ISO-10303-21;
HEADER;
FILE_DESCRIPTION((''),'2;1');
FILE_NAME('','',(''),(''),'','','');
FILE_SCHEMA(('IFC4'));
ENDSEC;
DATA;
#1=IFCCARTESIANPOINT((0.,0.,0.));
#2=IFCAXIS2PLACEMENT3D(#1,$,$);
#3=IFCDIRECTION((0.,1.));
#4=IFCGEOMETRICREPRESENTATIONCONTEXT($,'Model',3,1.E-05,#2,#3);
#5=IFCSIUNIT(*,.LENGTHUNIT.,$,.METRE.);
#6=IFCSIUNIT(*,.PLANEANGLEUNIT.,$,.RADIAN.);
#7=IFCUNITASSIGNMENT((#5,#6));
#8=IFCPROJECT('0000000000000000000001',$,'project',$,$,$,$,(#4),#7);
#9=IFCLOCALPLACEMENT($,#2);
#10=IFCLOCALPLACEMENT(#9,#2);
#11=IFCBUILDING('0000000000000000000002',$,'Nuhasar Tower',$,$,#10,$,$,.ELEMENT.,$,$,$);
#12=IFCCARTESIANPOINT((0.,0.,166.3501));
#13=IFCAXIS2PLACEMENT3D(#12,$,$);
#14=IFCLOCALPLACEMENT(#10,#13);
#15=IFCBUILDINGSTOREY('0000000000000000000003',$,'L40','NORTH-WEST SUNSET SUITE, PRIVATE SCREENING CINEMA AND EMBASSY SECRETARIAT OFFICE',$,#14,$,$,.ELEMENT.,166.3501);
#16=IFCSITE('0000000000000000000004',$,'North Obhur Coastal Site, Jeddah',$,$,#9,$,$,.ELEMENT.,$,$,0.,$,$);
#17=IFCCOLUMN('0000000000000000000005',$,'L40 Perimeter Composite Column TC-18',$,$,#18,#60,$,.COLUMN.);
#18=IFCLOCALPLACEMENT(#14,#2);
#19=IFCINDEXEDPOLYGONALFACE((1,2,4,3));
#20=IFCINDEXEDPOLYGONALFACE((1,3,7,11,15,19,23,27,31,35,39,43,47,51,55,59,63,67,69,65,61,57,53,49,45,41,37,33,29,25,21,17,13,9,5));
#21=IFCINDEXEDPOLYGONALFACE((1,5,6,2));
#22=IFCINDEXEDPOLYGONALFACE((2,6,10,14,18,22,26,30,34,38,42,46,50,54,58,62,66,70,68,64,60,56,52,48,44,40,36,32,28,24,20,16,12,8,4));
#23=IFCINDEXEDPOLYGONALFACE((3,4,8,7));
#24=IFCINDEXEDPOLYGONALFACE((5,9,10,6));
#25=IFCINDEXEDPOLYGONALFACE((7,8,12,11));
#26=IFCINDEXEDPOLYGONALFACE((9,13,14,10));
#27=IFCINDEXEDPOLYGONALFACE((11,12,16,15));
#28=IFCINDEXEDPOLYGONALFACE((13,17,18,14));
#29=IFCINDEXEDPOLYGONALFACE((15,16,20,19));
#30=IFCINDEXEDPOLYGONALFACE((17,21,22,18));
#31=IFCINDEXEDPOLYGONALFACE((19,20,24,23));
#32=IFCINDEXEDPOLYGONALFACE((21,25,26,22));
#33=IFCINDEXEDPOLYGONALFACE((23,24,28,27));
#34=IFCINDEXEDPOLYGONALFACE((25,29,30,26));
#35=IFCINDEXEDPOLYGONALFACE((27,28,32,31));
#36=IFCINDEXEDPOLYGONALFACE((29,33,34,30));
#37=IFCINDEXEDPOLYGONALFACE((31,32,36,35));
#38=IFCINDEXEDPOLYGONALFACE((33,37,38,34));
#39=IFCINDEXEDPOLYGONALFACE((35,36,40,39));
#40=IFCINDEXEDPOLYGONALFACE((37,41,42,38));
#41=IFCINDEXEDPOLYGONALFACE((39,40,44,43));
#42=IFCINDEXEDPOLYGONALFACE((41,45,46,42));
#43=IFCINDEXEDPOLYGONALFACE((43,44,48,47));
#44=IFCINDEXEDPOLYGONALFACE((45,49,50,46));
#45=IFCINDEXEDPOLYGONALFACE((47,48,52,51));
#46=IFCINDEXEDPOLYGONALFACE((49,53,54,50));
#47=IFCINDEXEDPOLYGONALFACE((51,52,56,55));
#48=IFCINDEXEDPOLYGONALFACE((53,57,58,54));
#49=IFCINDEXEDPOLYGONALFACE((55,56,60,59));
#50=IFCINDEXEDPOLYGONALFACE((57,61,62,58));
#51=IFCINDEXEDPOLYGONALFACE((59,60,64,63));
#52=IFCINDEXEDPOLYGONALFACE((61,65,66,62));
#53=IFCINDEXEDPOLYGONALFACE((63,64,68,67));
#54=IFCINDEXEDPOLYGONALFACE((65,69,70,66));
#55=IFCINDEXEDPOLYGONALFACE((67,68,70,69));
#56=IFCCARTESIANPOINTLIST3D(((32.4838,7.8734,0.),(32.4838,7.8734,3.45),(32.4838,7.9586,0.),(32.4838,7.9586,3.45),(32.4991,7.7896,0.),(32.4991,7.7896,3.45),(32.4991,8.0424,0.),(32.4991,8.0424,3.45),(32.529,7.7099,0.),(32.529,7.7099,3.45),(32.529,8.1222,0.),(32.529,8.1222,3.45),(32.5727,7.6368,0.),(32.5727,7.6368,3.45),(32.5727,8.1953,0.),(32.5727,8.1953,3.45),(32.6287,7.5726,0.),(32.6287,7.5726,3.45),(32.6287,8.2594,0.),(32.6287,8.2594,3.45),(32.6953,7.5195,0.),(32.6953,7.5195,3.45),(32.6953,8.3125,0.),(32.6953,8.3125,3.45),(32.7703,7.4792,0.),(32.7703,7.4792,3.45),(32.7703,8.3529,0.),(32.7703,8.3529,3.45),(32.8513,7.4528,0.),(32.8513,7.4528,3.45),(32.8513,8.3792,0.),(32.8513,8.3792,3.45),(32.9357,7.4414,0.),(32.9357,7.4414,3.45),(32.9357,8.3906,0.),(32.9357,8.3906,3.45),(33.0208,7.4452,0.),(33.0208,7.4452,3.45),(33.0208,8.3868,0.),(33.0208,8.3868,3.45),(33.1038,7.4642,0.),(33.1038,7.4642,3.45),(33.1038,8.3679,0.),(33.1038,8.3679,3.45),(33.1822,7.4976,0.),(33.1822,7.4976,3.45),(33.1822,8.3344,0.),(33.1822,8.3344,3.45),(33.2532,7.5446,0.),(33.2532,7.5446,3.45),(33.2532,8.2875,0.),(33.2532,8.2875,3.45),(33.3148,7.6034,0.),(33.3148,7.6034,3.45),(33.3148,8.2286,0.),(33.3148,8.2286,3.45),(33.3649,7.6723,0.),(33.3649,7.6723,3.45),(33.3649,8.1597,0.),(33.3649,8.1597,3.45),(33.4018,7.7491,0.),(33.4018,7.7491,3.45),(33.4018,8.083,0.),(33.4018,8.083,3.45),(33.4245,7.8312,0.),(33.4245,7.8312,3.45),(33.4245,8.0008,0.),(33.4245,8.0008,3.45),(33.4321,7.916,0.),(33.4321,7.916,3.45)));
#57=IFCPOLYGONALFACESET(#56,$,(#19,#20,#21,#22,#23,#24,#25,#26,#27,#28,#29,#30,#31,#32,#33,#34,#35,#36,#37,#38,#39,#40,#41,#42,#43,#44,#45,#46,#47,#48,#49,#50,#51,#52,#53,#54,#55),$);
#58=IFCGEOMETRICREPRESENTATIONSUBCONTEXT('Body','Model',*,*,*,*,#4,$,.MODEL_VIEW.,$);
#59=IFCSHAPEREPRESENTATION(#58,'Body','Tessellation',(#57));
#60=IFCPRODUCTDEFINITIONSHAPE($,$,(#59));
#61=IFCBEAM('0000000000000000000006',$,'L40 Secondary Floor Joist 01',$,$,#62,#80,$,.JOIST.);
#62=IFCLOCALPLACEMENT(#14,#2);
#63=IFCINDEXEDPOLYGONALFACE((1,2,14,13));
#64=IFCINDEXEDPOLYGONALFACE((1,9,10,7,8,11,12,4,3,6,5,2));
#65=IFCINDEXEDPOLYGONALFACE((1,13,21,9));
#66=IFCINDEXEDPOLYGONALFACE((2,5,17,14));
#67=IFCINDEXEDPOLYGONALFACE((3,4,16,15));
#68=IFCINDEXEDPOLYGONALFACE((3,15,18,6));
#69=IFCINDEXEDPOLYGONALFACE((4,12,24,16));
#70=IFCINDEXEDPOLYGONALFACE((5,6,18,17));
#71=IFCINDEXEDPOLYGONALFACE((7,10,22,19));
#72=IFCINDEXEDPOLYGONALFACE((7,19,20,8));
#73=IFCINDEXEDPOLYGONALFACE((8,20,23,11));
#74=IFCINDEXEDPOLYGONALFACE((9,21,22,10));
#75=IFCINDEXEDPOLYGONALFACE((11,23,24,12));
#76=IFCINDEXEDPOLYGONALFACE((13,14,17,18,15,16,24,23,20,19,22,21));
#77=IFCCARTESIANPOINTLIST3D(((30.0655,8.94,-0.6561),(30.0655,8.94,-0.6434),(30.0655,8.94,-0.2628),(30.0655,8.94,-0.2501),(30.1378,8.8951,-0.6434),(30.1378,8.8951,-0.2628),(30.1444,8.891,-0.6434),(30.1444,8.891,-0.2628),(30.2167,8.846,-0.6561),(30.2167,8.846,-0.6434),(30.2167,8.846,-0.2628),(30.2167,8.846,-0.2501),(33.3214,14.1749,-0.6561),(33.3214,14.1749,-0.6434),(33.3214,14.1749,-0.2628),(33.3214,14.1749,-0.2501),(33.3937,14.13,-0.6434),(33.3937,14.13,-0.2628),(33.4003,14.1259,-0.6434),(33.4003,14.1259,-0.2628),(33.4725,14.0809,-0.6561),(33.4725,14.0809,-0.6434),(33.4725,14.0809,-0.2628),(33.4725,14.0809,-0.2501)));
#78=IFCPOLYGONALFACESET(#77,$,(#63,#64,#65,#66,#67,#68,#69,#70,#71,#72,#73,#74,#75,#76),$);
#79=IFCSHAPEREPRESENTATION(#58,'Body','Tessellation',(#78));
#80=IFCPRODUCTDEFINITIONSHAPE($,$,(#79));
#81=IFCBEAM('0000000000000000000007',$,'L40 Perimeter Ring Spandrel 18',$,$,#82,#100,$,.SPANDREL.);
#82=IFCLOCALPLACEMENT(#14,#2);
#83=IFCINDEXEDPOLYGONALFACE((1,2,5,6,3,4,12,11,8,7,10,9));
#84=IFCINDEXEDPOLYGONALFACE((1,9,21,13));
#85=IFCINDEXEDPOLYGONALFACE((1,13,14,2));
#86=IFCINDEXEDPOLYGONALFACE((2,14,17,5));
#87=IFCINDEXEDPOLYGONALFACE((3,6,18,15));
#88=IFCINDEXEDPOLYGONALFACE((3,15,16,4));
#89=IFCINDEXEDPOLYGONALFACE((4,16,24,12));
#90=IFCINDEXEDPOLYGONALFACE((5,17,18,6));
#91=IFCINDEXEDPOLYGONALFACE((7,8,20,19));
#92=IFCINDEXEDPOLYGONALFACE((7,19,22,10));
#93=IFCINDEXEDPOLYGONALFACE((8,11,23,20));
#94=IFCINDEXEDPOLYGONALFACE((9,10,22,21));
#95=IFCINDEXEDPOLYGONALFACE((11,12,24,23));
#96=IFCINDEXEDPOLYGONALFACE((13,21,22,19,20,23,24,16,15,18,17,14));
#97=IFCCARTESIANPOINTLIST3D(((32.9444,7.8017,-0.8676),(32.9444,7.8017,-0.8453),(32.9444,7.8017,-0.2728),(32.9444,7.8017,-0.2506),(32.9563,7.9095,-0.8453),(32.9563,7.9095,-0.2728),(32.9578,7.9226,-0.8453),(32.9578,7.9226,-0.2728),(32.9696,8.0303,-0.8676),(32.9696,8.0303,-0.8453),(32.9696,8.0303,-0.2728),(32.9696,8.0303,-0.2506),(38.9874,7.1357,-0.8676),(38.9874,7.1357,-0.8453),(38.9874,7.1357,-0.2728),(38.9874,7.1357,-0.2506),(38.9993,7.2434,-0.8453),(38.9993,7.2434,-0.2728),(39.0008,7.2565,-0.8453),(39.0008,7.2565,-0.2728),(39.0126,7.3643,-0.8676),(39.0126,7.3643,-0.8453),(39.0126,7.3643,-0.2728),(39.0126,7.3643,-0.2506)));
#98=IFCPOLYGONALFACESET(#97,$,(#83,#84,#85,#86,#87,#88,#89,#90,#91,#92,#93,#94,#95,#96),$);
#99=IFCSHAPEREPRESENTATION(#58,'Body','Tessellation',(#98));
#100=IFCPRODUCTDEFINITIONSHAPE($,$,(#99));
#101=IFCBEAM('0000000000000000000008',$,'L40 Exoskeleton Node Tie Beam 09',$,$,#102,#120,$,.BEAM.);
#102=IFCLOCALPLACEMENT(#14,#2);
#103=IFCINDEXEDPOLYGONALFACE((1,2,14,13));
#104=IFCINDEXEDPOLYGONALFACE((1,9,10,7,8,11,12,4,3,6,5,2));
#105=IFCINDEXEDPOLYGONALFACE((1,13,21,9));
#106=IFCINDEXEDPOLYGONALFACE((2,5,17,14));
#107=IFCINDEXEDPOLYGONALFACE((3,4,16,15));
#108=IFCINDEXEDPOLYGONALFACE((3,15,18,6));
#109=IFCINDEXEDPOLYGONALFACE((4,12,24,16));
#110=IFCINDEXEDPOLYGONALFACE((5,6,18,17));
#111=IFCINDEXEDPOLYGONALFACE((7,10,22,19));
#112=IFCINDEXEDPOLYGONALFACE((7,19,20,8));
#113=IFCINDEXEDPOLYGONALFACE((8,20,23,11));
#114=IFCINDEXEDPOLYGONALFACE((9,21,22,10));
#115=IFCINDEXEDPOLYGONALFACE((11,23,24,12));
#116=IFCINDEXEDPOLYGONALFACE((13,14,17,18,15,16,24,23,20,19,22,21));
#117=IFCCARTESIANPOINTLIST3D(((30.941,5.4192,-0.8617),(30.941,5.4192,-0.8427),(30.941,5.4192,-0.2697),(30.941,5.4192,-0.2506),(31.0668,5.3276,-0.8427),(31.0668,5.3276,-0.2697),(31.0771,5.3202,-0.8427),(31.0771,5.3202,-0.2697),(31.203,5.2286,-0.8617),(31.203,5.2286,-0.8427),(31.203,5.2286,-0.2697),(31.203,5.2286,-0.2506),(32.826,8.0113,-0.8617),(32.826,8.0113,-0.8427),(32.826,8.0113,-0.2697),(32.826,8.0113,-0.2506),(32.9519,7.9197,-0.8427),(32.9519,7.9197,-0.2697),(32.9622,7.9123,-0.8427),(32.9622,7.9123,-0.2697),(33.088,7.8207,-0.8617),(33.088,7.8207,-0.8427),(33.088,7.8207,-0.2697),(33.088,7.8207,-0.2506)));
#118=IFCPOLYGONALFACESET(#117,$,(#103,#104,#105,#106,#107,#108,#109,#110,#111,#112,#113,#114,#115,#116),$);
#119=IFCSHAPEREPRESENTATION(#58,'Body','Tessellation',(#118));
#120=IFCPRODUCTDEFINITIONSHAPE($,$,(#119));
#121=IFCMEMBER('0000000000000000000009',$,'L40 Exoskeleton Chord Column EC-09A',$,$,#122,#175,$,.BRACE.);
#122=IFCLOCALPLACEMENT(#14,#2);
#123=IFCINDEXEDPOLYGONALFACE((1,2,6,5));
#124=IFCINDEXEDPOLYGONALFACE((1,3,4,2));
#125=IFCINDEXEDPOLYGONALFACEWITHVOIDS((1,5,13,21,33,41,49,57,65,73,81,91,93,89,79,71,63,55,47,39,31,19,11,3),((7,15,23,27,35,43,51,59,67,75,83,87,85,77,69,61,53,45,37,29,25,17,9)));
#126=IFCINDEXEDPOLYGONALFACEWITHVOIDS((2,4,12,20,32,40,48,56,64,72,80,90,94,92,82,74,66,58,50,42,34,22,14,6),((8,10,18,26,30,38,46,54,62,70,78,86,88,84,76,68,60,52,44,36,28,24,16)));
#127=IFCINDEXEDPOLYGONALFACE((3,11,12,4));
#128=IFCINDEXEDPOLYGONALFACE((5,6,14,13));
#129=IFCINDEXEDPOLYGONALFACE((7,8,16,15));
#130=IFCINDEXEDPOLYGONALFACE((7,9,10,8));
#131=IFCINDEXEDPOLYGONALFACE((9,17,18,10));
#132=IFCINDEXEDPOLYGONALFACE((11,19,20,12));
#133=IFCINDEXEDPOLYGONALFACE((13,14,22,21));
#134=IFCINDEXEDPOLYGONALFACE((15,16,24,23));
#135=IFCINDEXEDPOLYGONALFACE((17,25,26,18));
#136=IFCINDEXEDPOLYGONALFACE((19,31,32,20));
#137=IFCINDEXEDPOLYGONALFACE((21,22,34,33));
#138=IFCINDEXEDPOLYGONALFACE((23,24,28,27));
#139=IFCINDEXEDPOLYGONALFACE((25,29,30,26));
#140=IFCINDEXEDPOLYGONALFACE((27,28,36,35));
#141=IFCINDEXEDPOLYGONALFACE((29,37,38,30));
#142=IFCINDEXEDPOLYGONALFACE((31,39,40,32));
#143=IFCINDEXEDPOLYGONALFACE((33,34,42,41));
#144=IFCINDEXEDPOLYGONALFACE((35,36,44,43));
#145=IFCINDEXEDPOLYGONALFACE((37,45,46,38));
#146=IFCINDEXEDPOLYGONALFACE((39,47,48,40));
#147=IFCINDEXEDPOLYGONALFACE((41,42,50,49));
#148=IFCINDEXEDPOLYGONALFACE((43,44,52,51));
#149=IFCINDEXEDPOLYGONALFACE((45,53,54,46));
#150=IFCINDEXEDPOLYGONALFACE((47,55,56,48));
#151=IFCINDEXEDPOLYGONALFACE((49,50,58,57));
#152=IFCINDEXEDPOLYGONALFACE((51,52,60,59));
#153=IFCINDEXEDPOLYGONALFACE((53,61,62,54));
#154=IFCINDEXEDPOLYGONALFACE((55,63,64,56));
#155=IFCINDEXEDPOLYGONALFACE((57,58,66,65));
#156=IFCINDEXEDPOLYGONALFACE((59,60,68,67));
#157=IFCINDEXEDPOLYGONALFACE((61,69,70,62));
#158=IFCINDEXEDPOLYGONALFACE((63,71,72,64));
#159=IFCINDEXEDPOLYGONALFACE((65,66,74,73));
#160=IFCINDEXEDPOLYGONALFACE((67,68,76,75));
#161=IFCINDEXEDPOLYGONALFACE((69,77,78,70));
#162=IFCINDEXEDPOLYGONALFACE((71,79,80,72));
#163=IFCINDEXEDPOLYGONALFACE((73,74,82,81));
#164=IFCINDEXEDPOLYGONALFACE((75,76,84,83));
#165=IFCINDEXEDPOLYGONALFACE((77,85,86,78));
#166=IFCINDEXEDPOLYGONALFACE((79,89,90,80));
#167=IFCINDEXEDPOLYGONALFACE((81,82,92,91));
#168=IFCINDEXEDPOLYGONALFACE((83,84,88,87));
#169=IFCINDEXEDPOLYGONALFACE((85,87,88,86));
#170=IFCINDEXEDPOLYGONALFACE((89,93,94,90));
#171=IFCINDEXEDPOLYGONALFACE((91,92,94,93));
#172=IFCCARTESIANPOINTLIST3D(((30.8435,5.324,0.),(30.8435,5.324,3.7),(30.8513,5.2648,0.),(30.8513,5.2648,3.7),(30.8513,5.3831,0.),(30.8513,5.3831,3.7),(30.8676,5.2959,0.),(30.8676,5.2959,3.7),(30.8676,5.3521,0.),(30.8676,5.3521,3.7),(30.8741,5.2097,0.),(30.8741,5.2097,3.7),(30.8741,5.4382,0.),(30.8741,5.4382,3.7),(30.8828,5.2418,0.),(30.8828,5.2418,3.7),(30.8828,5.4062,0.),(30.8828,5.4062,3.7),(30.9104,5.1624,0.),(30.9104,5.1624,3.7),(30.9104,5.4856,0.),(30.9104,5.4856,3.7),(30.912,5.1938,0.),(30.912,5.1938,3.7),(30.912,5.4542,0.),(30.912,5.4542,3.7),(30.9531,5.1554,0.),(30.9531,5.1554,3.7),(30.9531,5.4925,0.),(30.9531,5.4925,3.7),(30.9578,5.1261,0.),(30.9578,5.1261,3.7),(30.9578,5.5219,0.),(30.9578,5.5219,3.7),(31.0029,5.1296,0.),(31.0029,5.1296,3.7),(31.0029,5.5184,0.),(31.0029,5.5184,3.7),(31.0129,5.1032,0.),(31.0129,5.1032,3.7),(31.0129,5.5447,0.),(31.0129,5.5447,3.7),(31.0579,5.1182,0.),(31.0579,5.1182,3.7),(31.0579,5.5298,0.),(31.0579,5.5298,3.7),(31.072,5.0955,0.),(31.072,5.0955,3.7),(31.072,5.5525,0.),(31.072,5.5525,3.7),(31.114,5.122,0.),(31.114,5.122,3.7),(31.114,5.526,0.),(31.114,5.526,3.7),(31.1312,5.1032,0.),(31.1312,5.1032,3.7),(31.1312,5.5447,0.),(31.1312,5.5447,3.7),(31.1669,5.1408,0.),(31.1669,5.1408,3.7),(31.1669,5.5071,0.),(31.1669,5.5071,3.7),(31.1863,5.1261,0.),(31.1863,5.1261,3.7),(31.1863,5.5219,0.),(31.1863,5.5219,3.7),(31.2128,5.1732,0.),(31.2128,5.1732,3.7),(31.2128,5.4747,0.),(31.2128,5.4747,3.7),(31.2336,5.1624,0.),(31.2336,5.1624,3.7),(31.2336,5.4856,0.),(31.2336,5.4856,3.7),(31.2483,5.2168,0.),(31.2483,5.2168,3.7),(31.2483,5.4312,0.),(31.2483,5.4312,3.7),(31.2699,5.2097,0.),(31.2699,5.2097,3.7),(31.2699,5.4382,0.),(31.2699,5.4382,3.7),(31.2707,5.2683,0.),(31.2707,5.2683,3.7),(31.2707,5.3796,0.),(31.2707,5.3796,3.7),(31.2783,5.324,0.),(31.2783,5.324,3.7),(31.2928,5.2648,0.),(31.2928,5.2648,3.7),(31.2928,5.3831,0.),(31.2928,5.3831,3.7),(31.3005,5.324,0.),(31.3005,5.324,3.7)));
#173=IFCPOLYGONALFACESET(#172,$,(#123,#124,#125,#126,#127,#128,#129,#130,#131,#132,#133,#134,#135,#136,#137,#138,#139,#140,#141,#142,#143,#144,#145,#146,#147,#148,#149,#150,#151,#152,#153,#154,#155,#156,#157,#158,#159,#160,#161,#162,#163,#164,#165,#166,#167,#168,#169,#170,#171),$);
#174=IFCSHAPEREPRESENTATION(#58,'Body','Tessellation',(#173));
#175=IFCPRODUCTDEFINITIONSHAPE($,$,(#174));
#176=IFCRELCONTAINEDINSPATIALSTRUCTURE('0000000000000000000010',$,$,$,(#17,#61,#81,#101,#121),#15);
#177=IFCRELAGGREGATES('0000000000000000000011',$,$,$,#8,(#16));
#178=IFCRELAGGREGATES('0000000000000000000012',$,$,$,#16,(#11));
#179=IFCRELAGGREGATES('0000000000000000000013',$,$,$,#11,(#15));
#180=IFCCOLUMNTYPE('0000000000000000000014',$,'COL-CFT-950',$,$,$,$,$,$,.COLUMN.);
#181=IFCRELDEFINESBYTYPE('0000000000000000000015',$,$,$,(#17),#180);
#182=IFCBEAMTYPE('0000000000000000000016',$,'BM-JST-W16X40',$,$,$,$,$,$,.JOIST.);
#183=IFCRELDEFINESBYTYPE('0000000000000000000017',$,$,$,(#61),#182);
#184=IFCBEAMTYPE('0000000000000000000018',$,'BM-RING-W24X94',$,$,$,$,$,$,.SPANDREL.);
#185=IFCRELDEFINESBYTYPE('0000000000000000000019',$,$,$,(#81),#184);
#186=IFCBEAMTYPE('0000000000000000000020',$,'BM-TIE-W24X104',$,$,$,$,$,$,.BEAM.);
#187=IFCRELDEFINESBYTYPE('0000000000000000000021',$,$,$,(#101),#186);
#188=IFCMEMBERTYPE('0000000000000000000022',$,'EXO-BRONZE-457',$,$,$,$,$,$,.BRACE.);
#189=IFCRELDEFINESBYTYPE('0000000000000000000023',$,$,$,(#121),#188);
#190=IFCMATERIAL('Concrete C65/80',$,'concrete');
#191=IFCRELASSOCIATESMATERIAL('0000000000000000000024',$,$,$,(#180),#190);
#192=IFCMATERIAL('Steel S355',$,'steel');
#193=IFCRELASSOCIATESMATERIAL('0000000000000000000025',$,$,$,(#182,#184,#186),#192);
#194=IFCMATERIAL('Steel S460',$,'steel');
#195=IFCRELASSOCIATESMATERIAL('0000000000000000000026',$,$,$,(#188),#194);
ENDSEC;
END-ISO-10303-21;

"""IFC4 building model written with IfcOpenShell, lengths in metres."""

from ifc_helpers import new_model, si_unit, direction, frame, origin, origin_2d, place, context, subcontext, project, spatial, circle, hollow_circle, i_section, extrude, material, material_profile, profile_set, type_object, element, save


model = new_model("IFC4")

# Units and contexts
model_context = context("Model", 3, precision=1e-05, world=origin(), true_north=direction((0.0, 1.0)))
body_context = subcontext(model_context, "Body", "Model", "MODEL_VIEW")
ifc_project = project(units=[si_unit("LENGTHUNIT", "METRE"), si_unit("PLANEANGLEUNIT", "RADIAN")], contexts=[model_context])

# Site, building, storey
site_placement = place(None, origin())
site = spatial("IfcSite", under=ifc_project, at=site_placement, Name="North Obhur Coastal Site, Jeddah", CompositionType="ELEMENT", RefElevation=0.0)
building_placement = place(site_placement, origin())
building = spatial("IfcBuilding", under=site, at=building_placement, Name="Nuhasar Tower", CompositionType="ELEMENT")
storey_placement = place(building_placement, frame((0.0, 0.0, 166.3501)))
storey = spatial("IfcBuildingStorey", under=building, at=storey_placement, Name="L40", Description="NORTH-WEST SUNSET SUITE, PRIVATE SCREENING CINEMA AND EMBASSY SECRETARIAT OFFICE", CompositionType="ELEMENT", Elevation=166.3501)

# Column
ifc_material_1 = material(Name="Concrete C65/80", Category="concrete")
ifc_material_profile_1 = material_profile(ifc_material_1, circle(Radius=0.4751, at=origin_2d()), Name="CFT950")
ifc_profile_set_1 = profile_set([ifc_material_profile_1], Name="Concrete C65/80")
column_type = type_object("IfcColumnType", Name="COL-CFT-950", PredefinedType="COLUMN", material=ifc_profile_set_1)
column_placement = place(storey_placement, frame((32.957, 7.916, 0.0), z_axis=(0.0, 0.0, 1.0), x_axis=(1.0, 0.0, 0.0)))
element("IfcColumn", 1, at=column_placement, inside=storey, type_object=column_type, Name="L40 Perimeter Composite Column TC-18", PredefinedType="COLUMN", context=body_context, shape_type="SweptSolid", body=[
    extrude(circle(Radius=0.4751, at=origin_2d()), origin(), (0.0, 0.0, 1.0), 3.45),
])

# Beams
ifc_material_2 = material(Name="Steel S355", Category="steel")
ifc_material_profile_2 = material_profile(ifc_material_2, i_section(OverallWidth=0.178, OverallDepth=0.406, WebThickness=0.0078, FlangeThickness=0.0127, at=origin_2d()), Name="W16X40")
ifc_profile_set_2 = profile_set([ifc_material_profile_2], Name="Steel S355")
beam_type_1 = type_object("IfcBeamType", Name="BM-JST-W16X40", PredefinedType="JOIST", material=ifc_profile_set_2)
beam_1_placement = place(storey_placement, frame((33.397, 14.1279, -0.4531), z_axis=(-0.528139, -0.849158, 0.0), x_axis=(0.849158, -0.528139, 0.0)))
element("IfcBeam", 2, at=beam_1_placement, inside=storey, type_object=beam_type_1, Name="L40 Secondary Floor Joist 01", PredefinedType="JOIST", context=body_context, shape_type="SweptSolid", body=[
    extrude(i_section(OverallWidth=0.178, OverallDepth=0.406, WebThickness=0.0078, FlangeThickness=0.0127, at=origin_2d()), origin(), (0.0, 0.0, 1.0), 6.1648),
])
ifc_material_profile_3 = material_profile(ifc_material_2, i_section(OverallWidth=0.23, OverallDepth=0.6169, WebThickness=0.0132, FlangeThickness=0.0222, at=origin_2d()), Name="W24X94")
ifc_profile_set_3 = profile_set([ifc_material_profile_3], Name="Steel S355")
beam_type_2 = type_object("IfcBeamType", Name="BM-RING-W24X94", PredefinedType="SPANDREL", material=ifc_profile_set_3)
beam_2_placement = place(storey_placement, frame((32.957, 7.916, -0.5591), z_axis=(0.993981, -0.10955, 0.0), x_axis=(0.10955, 0.993981, 0.0)))
element("IfcBeam", 3, at=beam_2_placement, inside=storey, type_object=beam_type_2, Name="L40 Perimeter Ring Spandrel 18", PredefinedType="SPANDREL", context=body_context, shape_type="SweptSolid", body=[
    extrude(i_section(OverallWidth=0.23, OverallDepth=0.6169, WebThickness=0.0132, FlangeThickness=0.0222, at=origin_2d()), origin(), (0.0, 0.0, 1.0), 6.0796),
])
ifc_material_profile_4 = material_profile(ifc_material_2, i_section(OverallWidth=0.324, OverallDepth=0.6111, WebThickness=0.0127, FlangeThickness=0.019, at=origin_2d()), Name="W24X104")
ifc_profile_set_4 = profile_set([ifc_material_profile_4], Name="Steel S355")
beam_type_3 = type_object("IfcBeamType", Name="BM-TIE-W24X104", PredefinedType="BEAM", material=ifc_profile_set_4)
beam_3_placement = place(storey_placement, frame((32.957, 7.916, -0.5562), z_axis=(-0.588149, -0.808753, 0.0), x_axis=(0.808753, -0.588149, 0.0)))
element("IfcBeam", 4, at=beam_3_placement, inside=storey, type_object=beam_type_3, Name="L40 Exoskeleton Node Tie Beam 09", PredefinedType="BEAM", context=body_context, shape_type="SweptSolid", body=[
    extrude(i_section(OverallWidth=0.324, OverallDepth=0.6111, WebThickness=0.0127, FlangeThickness=0.019, at=origin_2d()), origin(), (0.0, 0.0, 1.0), 3.2051),
])

# Member
ifc_material_3 = material(Name="Steel S460", Category="steel")
ifc_material_profile_5 = material_profile(ifc_material_3, hollow_circle(Radius=0.2285, WallThickness=0.0222, at=origin_2d()), Name="HSS457X22.2")
ifc_profile_set_5 = profile_set([ifc_material_profile_5], Name="Steel S460")
member_type = type_object("IfcMemberType", Name="EXO-BRONZE-457", PredefinedType="BRACE", material=ifc_profile_set_5)
for number, where, z_axis, x_axis, name in (
    (5, (31.072, 5.324, 0.0), (0.0, 0.0, 1.0), (1.0, 0.0, 0.0), "L40 Exoskeleton Chord Column EC-09A"),
):
    element("IfcMember", number, at=place(storey_placement, frame(where, z_axis=z_axis, x_axis=x_axis)), inside=storey, type_object=member_type, Name=name, PredefinedType="BRACE", context=body_context, shape_type="SweptSolid", body=[
        extrude(hollow_circle(Radius=0.2285, WallThickness=0.0222, at=origin_2d()), origin(), (0.0, 0.0, 1.0), 3.7),
    ])

save(model, "model.ifc")
